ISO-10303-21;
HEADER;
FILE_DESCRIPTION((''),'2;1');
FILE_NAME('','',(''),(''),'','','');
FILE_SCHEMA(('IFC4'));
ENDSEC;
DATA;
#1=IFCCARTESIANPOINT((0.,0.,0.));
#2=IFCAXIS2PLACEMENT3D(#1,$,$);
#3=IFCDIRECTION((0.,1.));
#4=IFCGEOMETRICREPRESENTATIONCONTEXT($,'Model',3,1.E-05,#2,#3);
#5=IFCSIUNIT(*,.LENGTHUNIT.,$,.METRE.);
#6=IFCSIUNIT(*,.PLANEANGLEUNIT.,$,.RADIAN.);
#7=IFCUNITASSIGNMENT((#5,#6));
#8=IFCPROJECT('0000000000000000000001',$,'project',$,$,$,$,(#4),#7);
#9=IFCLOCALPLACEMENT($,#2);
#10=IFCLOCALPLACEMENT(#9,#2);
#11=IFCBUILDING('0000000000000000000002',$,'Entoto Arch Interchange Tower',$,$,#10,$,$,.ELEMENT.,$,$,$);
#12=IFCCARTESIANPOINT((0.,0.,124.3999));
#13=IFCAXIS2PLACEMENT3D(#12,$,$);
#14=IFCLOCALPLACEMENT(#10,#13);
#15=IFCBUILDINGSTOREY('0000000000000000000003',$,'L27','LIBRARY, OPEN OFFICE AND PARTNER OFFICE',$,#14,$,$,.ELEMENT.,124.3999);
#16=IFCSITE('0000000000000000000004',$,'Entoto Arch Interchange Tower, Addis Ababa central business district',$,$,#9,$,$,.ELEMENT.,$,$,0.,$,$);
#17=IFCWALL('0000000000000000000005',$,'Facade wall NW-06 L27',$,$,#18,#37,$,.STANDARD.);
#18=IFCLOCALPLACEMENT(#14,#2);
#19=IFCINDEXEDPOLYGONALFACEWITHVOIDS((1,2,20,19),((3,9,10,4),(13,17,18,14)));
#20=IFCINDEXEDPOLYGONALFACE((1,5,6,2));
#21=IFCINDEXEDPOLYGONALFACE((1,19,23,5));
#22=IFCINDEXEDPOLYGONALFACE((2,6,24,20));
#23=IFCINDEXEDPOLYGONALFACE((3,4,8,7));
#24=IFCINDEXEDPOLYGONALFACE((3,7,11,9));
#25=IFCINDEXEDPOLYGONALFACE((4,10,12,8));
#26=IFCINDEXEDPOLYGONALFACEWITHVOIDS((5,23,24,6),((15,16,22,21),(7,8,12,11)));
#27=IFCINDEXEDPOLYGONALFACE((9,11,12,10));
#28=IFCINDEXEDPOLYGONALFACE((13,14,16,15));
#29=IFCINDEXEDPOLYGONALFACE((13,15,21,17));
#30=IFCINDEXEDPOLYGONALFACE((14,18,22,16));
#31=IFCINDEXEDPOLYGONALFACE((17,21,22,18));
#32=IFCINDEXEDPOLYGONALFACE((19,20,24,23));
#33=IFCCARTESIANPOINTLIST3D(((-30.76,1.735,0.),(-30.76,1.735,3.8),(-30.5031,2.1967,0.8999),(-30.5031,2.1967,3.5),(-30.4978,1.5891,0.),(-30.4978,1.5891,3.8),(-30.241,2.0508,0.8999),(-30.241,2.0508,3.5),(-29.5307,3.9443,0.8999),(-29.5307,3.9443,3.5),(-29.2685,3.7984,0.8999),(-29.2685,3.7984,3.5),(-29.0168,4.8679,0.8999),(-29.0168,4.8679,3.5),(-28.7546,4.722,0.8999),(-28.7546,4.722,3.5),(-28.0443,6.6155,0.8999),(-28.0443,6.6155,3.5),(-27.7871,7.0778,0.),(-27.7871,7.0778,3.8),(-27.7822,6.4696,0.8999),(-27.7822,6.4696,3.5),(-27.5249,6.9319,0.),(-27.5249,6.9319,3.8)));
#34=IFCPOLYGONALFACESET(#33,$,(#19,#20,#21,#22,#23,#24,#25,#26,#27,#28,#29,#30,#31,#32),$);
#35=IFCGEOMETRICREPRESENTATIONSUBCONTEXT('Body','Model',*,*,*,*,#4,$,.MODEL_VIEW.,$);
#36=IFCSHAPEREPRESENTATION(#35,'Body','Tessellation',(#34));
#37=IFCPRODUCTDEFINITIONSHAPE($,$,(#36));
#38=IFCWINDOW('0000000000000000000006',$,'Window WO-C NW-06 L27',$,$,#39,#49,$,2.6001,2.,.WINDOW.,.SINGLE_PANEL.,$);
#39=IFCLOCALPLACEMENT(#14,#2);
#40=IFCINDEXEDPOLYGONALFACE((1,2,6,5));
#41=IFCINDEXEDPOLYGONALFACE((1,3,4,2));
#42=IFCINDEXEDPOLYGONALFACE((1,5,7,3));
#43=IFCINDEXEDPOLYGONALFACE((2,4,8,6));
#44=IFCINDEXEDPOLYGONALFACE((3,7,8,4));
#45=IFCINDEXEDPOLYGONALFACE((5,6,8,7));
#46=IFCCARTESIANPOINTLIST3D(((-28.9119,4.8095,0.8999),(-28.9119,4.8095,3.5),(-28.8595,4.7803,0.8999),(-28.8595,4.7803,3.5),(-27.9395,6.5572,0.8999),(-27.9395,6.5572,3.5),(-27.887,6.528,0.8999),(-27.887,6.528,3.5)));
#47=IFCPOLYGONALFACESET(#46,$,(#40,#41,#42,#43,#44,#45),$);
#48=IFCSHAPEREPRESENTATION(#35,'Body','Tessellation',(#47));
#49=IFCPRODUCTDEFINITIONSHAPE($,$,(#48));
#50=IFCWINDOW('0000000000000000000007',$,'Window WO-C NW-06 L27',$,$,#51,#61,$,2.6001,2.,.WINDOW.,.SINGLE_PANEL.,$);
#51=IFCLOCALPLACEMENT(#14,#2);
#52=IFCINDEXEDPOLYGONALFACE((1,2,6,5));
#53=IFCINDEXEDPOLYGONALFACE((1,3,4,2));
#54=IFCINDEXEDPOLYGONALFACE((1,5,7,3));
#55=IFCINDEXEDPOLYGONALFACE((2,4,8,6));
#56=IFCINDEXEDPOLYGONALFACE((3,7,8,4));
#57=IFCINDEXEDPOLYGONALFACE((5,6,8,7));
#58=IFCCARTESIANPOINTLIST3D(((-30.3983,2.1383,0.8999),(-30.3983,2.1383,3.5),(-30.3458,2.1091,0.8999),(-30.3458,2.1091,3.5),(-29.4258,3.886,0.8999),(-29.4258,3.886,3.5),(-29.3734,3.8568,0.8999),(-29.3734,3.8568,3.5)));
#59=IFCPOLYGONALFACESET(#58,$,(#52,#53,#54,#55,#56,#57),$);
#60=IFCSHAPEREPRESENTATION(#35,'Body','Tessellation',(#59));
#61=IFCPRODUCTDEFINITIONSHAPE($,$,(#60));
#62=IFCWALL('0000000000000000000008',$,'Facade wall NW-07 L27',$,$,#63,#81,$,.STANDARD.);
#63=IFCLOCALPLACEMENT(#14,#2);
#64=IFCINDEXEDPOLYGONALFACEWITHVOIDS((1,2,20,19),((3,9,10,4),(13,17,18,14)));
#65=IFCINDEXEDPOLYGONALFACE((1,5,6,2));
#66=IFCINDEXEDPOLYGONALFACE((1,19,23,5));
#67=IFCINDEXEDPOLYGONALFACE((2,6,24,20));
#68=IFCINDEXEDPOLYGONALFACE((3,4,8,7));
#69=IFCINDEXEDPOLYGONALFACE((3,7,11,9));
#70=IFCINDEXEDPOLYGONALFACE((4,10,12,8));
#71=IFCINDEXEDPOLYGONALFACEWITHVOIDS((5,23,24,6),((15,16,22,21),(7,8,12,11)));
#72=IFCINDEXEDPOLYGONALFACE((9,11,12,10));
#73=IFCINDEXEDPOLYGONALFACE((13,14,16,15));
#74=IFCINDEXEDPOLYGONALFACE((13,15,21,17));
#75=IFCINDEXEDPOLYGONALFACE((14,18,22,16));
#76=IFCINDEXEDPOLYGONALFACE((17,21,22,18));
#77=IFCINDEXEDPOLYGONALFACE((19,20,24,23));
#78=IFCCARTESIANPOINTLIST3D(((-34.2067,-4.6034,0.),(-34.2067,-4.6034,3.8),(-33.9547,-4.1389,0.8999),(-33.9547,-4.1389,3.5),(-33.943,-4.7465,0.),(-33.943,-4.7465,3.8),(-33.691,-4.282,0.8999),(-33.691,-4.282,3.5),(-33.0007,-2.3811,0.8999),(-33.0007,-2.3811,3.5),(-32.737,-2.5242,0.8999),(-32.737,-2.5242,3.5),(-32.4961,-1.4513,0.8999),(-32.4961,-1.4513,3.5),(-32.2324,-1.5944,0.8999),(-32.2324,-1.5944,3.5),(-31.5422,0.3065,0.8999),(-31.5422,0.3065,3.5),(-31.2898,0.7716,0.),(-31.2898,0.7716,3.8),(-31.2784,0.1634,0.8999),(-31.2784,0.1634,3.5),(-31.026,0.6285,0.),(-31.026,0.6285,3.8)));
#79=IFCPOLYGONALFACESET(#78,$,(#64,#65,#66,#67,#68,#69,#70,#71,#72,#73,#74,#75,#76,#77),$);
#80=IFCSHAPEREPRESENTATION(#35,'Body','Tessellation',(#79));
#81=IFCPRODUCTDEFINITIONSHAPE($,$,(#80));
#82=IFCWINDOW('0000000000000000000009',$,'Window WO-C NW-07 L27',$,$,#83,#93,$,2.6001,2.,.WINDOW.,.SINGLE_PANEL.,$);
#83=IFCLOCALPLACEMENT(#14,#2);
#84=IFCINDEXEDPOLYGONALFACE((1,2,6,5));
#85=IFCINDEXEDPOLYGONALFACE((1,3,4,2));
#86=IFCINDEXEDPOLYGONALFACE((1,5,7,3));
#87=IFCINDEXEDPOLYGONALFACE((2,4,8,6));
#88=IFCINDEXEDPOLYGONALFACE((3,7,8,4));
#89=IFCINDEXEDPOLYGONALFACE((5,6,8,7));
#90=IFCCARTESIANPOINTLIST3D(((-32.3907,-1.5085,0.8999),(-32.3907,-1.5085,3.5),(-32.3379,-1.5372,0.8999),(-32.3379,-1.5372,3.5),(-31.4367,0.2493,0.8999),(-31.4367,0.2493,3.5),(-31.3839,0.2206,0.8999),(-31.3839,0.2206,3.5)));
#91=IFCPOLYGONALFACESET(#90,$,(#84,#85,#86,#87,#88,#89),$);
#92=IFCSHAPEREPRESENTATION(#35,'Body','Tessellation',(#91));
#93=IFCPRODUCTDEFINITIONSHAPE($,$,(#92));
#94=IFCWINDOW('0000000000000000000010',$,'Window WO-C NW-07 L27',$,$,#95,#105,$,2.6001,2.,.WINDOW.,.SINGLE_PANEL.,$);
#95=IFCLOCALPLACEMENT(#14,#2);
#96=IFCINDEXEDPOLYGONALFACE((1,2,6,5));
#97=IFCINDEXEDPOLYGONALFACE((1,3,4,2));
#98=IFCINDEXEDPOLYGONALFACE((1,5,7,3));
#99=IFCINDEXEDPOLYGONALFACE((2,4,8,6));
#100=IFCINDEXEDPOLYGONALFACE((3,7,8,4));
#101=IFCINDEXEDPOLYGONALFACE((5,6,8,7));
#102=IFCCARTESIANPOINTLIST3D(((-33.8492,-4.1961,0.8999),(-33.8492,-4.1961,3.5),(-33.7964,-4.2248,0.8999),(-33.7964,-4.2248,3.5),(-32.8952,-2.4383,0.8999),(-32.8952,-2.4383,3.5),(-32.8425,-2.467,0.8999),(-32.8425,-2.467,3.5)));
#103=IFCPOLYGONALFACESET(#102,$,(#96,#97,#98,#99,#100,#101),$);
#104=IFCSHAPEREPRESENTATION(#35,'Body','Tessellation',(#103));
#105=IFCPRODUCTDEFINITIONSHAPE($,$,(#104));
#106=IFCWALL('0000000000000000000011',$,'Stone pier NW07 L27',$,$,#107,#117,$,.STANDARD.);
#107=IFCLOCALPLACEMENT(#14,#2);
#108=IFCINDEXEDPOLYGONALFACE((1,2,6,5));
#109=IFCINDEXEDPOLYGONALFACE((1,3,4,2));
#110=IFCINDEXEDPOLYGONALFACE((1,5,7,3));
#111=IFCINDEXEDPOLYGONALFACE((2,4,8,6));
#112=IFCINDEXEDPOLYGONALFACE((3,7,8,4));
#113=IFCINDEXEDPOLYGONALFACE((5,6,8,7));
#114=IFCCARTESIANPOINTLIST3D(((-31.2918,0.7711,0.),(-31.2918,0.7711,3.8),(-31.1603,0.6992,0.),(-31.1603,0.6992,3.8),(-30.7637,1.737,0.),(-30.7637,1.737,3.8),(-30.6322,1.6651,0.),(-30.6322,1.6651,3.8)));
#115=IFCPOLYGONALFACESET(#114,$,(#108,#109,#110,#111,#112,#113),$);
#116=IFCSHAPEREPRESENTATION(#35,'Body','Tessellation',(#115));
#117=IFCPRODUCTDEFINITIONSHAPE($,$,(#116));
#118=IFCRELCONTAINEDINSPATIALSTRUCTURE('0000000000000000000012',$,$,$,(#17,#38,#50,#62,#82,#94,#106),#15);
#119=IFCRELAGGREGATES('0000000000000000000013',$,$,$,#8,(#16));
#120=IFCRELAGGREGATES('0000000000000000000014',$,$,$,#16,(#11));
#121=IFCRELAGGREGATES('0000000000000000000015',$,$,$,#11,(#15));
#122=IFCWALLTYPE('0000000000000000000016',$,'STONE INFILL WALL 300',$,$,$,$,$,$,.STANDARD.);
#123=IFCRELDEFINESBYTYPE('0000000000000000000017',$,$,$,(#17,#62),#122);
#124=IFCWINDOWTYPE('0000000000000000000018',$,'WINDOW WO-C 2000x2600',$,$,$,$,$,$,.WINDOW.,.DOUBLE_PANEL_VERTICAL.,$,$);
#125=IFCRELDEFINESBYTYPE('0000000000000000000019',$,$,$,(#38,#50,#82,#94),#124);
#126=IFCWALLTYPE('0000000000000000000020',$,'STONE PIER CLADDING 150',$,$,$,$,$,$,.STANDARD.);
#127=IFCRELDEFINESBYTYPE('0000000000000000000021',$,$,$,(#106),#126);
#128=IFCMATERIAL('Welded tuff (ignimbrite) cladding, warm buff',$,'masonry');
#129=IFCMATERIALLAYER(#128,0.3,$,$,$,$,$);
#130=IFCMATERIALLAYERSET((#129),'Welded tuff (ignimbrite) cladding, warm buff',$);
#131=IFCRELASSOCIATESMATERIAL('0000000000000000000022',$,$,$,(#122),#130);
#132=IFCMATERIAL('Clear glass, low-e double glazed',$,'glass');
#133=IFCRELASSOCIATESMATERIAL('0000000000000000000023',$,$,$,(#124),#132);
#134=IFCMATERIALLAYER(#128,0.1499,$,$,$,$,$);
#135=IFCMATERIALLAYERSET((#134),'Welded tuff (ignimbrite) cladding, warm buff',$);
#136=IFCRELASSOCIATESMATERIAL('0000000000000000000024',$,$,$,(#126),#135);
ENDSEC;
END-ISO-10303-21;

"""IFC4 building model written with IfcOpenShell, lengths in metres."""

from ifc_helpers import new_model, si_unit, direction, frame, frame_2d, origin, place, context, subcontext, project, spatial, rectangle, extrude, material, layer, layer_set, type_object, element, fill, save


model = new_model("IFC4")

# Units and contexts
model_context = context("Model", 3, precision=1e-05, world=origin(), true_north=direction((0.0, 1.0)))
body_context = subcontext(model_context, "Body", "Model", "MODEL_VIEW")
ifc_project = project(units=[si_unit("LENGTHUNIT", "METRE"), si_unit("PLANEANGLEUNIT", "RADIAN")], contexts=[model_context])

# Site, building, storey
site_placement = place(None, origin())
site = spatial("IfcSite", under=ifc_project, at=site_placement, Name="Entoto Arch Interchange Tower, Addis Ababa central business district", CompositionType="ELEMENT", RefElevation=0.0)
building_placement = place(site_placement, origin())
building = spatial("IfcBuilding", under=site, at=building_placement, Name="Entoto Arch Interchange Tower", CompositionType="ELEMENT")
storey_placement = place(building_placement, frame((0.0, 0.0, 124.3999)))
storey = spatial("IfcBuildingStorey", under=building, at=storey_placement, Name="L27", Description="LIBRARY, OPEN OFFICE AND PARTNER OFFICE", CompositionType="ELEMENT", Elevation=124.3999)

# Walls, openings, windows
ifc_material_1 = material(Name="Welded tuff (ignimbrite) cladding, warm buff", Category="masonry")
ifc_layer_1 = layer(ifc_material_1, 0.3)
ifc_layer_set_1 = layer_set([ifc_layer_1], Name="Welded tuff (ignimbrite) cladding, warm buff")
wall_type_1 = type_object("IfcWallType", Name="STONE INFILL WALL 300", PredefinedType="STANDARD", material=ifc_layer_set_1)
wall_1_placement = place(storey_placement, frame((-27.656, 7.0049, 0.0), z_axis=(0.0, 0.0, 1.0), x_axis=(-0.486229, -0.873831, 0.0)))
wall_1 = element("IfcWall", 1, at=wall_1_placement, inside=storey, type_object=wall_type_1, Name="Facade wall NW-06 L27", PredefinedType="STANDARD", context=body_context, shape_type="SweptSolid", body=[
    extrude(rectangle(XDim=6.1143, YDim=0.3, at=frame_2d((3.0571, 0.0))), origin(), (0.0, 0.0, 1.0), 3.8),
])
opening_1_placement = place(wall_1_placement, frame((0.5291, 0.0, 0.8999)))
opening_1 = element("IfcOpeningElement", 2, at=opening_1_placement, cuts=wall_1, PredefinedType="OPENING", context=body_context, shape_type="SweptSolid", body=[
    extrude(rectangle(XDim=2.0, YDim=2.6001, at=frame_2d((1.0, 1.3))), frame((0.0, 0.1602, 0.0), z_axis=(0.0, -1.0, 0.0), x_axis=(1.0, 0.0, 0.0)), (0.0, 0.0, 1.0), 0.3201),
])
opening_2_placement = place(wall_1_placement, frame((3.5859, 0.0, 0.8999)))
opening_2 = element("IfcOpeningElement", 3, at=opening_2_placement, cuts=wall_1, PredefinedType="OPENING", context=body_context, shape_type="SweptSolid", body=[
    extrude(rectangle(XDim=2.0, YDim=2.6001, at=frame_2d((1.0, 1.3))), frame((0.0, 0.1602, 0.0), z_axis=(0.0, -1.0, 0.0), x_axis=(1.0, 0.0, 0.0)), (0.0, 0.0, 1.0), 0.3201),
])
ifc_material_2 = material(Name="Clear glass, low-e double glazed", Category="glass")
window_type = type_object("IfcWindowType", Name="WINDOW WO-C 2000x2600", PartitioningType="DOUBLE_PANEL_VERTICAL", PredefinedType="WINDOW", material=ifc_material_2)
window_1_placement = place(opening_1_placement, origin())
window_1 = element("IfcWindow", 4, at=window_1_placement, inside=storey, type_object=window_type, Name="Window WO-C NW-06 L27", OverallHeight=2.6001, OverallWidth=2.0, PartitioningType="SINGLE_PANEL", PredefinedType="WINDOW", context=body_context, shape_type="SweptSolid", body=[
    extrude(rectangle(XDim=2.0, YDim=2.6001, at=frame_2d((1.0, 1.3))), frame((0.0, 0.03, 0.0), z_axis=(0.0, -1.0, 0.0), x_axis=(1.0, 0.0, 0.0)), (0.0, 0.0, 1.0), 0.0601),
])
fill(opening_1, window_1)
window_2_placement = place(opening_2_placement, origin())
window_2 = element("IfcWindow", 5, at=window_2_placement, inside=storey, type_object=window_type, Name="Window WO-C NW-06 L27", OverallHeight=2.6001, OverallWidth=2.0, PartitioningType="SINGLE_PANEL", PredefinedType="WINDOW", context=body_context, shape_type="SweptSolid", body=[
    extrude(rectangle(XDim=2.0, YDim=2.6001, at=frame_2d((1.0, 1.3))), frame((0.0, 0.03, 0.0), z_axis=(0.0, -1.0, 0.0), x_axis=(1.0, 0.0, 0.0)), (0.0, 0.0, 1.0), 0.0601),
])
fill(opening_2, window_2)
wall_2_placement = place(storey_placement, frame((-31.158, 0.7, 0.0), z_axis=(0.0, 0.0, 1.0), x_axis=(-0.476983, -0.878913, 0.0)))
wall_2 = element("IfcWall", 6, at=wall_2_placement, inside=storey, type_object=wall_type_1, Name="Facade wall NW-07 L27", PredefinedType="STANDARD", context=body_context, shape_type="SweptSolid", body=[
    extrude(rectangle(XDim=6.1155, YDim=0.3, at=frame_2d((3.0576, 0.0))), origin(), (0.0, 0.0, 1.0), 3.8),
])
opening_3_placement = place(wall_2_placement, frame((0.5291, 0.0, 0.8999)))
opening_3 = element("IfcOpeningElement", 7, at=opening_3_placement, cuts=wall_2, PredefinedType="OPENING", context=body_context, shape_type="SweptSolid", body=[
    extrude(rectangle(XDim=2.0, YDim=2.6001, at=frame_2d((1.0, 1.3))), frame((0.0, 0.1602, 0.0), z_axis=(0.0, -1.0, 0.0), x_axis=(1.0, 0.0, 0.0)), (0.0, 0.0, 1.0), 0.3201),
])
opening_4_placement = place(wall_2_placement, frame((3.5869, 0.0, 0.8999)))
opening_4 = element("IfcOpeningElement", 8, at=opening_4_placement, cuts=wall_2, PredefinedType="OPENING", context=body_context, shape_type="SweptSolid", body=[
    extrude(rectangle(XDim=2.0, YDim=2.6001, at=frame_2d((1.0, 1.3))), frame((0.0, 0.1602, 0.0), z_axis=(0.0, -1.0, 0.0), x_axis=(1.0, 0.0, 0.0)), (0.0, 0.0, 1.0), 0.3201),
])
window_3_placement = place(opening_3_placement, origin())
window_3 = element("IfcWindow", 9, at=window_3_placement, inside=storey, type_object=window_type, Name="Window WO-C NW-07 L27", OverallHeight=2.6001, OverallWidth=2.0, PartitioningType="SINGLE_PANEL", PredefinedType="WINDOW", context=body_context, shape_type="SweptSolid", body=[
    extrude(rectangle(XDim=2.0, YDim=2.6001, at=frame_2d((1.0, 1.3))), frame((0.0, 0.03, 0.0), z_axis=(0.0, -1.0, 0.0), x_axis=(1.0, 0.0, 0.0)), (0.0, 0.0, 1.0), 0.0601),
])
fill(opening_3, window_3)
window_4_placement = place(opening_4_placement, origin())
window_4 = element("IfcWindow", 10, at=window_4_placement, inside=storey, type_object=window_type, Name="Window WO-C NW-07 L27", OverallHeight=2.6001, OverallWidth=2.0, PartitioningType="SINGLE_PANEL", PredefinedType="WINDOW", context=body_context, shape_type="SweptSolid", body=[
    extrude(rectangle(XDim=2.0, YDim=2.6001, at=frame_2d((1.0, 1.3))), frame((0.0, 0.03, 0.0), z_axis=(0.0, -1.0, 0.0), x_axis=(1.0, 0.0, 0.0)), (0.0, 0.0, 1.0), 0.0601),
])
fill(opening_4, window_4)

# Wall
ifc_layer_2 = layer(ifc_material_1, 0.1499)
ifc_layer_set_2 = layer_set([ifc_layer_2], Name="Welded tuff (ignimbrite) cladding, warm buff")
wall_type_2 = type_object("IfcWallType", Name="STONE PIER CLADDING 150", PredefinedType="STANDARD", material=ifc_layer_set_2)
wall_3_placement = place(storey_placement, frame((-30.698, 1.7009, 0.0), z_axis=(0.0, 0.0, 1.0), x_axis=(-0.479738, -0.877412, 0.0)))
element("IfcWall", 11, at=wall_3_placement, inside=storey, type_object=wall_type_2, Name="Stone pier NW07 L27", PredefinedType="STANDARD", context=body_context, shape_type="SweptSolid", body=[
    extrude(rectangle(XDim=1.1008, YDim=0.1499, at=frame_2d((0.5503, 0.0))), origin(), (0.0, 0.0, 1.0), 3.8),
])

save(model, "model.ifc")
